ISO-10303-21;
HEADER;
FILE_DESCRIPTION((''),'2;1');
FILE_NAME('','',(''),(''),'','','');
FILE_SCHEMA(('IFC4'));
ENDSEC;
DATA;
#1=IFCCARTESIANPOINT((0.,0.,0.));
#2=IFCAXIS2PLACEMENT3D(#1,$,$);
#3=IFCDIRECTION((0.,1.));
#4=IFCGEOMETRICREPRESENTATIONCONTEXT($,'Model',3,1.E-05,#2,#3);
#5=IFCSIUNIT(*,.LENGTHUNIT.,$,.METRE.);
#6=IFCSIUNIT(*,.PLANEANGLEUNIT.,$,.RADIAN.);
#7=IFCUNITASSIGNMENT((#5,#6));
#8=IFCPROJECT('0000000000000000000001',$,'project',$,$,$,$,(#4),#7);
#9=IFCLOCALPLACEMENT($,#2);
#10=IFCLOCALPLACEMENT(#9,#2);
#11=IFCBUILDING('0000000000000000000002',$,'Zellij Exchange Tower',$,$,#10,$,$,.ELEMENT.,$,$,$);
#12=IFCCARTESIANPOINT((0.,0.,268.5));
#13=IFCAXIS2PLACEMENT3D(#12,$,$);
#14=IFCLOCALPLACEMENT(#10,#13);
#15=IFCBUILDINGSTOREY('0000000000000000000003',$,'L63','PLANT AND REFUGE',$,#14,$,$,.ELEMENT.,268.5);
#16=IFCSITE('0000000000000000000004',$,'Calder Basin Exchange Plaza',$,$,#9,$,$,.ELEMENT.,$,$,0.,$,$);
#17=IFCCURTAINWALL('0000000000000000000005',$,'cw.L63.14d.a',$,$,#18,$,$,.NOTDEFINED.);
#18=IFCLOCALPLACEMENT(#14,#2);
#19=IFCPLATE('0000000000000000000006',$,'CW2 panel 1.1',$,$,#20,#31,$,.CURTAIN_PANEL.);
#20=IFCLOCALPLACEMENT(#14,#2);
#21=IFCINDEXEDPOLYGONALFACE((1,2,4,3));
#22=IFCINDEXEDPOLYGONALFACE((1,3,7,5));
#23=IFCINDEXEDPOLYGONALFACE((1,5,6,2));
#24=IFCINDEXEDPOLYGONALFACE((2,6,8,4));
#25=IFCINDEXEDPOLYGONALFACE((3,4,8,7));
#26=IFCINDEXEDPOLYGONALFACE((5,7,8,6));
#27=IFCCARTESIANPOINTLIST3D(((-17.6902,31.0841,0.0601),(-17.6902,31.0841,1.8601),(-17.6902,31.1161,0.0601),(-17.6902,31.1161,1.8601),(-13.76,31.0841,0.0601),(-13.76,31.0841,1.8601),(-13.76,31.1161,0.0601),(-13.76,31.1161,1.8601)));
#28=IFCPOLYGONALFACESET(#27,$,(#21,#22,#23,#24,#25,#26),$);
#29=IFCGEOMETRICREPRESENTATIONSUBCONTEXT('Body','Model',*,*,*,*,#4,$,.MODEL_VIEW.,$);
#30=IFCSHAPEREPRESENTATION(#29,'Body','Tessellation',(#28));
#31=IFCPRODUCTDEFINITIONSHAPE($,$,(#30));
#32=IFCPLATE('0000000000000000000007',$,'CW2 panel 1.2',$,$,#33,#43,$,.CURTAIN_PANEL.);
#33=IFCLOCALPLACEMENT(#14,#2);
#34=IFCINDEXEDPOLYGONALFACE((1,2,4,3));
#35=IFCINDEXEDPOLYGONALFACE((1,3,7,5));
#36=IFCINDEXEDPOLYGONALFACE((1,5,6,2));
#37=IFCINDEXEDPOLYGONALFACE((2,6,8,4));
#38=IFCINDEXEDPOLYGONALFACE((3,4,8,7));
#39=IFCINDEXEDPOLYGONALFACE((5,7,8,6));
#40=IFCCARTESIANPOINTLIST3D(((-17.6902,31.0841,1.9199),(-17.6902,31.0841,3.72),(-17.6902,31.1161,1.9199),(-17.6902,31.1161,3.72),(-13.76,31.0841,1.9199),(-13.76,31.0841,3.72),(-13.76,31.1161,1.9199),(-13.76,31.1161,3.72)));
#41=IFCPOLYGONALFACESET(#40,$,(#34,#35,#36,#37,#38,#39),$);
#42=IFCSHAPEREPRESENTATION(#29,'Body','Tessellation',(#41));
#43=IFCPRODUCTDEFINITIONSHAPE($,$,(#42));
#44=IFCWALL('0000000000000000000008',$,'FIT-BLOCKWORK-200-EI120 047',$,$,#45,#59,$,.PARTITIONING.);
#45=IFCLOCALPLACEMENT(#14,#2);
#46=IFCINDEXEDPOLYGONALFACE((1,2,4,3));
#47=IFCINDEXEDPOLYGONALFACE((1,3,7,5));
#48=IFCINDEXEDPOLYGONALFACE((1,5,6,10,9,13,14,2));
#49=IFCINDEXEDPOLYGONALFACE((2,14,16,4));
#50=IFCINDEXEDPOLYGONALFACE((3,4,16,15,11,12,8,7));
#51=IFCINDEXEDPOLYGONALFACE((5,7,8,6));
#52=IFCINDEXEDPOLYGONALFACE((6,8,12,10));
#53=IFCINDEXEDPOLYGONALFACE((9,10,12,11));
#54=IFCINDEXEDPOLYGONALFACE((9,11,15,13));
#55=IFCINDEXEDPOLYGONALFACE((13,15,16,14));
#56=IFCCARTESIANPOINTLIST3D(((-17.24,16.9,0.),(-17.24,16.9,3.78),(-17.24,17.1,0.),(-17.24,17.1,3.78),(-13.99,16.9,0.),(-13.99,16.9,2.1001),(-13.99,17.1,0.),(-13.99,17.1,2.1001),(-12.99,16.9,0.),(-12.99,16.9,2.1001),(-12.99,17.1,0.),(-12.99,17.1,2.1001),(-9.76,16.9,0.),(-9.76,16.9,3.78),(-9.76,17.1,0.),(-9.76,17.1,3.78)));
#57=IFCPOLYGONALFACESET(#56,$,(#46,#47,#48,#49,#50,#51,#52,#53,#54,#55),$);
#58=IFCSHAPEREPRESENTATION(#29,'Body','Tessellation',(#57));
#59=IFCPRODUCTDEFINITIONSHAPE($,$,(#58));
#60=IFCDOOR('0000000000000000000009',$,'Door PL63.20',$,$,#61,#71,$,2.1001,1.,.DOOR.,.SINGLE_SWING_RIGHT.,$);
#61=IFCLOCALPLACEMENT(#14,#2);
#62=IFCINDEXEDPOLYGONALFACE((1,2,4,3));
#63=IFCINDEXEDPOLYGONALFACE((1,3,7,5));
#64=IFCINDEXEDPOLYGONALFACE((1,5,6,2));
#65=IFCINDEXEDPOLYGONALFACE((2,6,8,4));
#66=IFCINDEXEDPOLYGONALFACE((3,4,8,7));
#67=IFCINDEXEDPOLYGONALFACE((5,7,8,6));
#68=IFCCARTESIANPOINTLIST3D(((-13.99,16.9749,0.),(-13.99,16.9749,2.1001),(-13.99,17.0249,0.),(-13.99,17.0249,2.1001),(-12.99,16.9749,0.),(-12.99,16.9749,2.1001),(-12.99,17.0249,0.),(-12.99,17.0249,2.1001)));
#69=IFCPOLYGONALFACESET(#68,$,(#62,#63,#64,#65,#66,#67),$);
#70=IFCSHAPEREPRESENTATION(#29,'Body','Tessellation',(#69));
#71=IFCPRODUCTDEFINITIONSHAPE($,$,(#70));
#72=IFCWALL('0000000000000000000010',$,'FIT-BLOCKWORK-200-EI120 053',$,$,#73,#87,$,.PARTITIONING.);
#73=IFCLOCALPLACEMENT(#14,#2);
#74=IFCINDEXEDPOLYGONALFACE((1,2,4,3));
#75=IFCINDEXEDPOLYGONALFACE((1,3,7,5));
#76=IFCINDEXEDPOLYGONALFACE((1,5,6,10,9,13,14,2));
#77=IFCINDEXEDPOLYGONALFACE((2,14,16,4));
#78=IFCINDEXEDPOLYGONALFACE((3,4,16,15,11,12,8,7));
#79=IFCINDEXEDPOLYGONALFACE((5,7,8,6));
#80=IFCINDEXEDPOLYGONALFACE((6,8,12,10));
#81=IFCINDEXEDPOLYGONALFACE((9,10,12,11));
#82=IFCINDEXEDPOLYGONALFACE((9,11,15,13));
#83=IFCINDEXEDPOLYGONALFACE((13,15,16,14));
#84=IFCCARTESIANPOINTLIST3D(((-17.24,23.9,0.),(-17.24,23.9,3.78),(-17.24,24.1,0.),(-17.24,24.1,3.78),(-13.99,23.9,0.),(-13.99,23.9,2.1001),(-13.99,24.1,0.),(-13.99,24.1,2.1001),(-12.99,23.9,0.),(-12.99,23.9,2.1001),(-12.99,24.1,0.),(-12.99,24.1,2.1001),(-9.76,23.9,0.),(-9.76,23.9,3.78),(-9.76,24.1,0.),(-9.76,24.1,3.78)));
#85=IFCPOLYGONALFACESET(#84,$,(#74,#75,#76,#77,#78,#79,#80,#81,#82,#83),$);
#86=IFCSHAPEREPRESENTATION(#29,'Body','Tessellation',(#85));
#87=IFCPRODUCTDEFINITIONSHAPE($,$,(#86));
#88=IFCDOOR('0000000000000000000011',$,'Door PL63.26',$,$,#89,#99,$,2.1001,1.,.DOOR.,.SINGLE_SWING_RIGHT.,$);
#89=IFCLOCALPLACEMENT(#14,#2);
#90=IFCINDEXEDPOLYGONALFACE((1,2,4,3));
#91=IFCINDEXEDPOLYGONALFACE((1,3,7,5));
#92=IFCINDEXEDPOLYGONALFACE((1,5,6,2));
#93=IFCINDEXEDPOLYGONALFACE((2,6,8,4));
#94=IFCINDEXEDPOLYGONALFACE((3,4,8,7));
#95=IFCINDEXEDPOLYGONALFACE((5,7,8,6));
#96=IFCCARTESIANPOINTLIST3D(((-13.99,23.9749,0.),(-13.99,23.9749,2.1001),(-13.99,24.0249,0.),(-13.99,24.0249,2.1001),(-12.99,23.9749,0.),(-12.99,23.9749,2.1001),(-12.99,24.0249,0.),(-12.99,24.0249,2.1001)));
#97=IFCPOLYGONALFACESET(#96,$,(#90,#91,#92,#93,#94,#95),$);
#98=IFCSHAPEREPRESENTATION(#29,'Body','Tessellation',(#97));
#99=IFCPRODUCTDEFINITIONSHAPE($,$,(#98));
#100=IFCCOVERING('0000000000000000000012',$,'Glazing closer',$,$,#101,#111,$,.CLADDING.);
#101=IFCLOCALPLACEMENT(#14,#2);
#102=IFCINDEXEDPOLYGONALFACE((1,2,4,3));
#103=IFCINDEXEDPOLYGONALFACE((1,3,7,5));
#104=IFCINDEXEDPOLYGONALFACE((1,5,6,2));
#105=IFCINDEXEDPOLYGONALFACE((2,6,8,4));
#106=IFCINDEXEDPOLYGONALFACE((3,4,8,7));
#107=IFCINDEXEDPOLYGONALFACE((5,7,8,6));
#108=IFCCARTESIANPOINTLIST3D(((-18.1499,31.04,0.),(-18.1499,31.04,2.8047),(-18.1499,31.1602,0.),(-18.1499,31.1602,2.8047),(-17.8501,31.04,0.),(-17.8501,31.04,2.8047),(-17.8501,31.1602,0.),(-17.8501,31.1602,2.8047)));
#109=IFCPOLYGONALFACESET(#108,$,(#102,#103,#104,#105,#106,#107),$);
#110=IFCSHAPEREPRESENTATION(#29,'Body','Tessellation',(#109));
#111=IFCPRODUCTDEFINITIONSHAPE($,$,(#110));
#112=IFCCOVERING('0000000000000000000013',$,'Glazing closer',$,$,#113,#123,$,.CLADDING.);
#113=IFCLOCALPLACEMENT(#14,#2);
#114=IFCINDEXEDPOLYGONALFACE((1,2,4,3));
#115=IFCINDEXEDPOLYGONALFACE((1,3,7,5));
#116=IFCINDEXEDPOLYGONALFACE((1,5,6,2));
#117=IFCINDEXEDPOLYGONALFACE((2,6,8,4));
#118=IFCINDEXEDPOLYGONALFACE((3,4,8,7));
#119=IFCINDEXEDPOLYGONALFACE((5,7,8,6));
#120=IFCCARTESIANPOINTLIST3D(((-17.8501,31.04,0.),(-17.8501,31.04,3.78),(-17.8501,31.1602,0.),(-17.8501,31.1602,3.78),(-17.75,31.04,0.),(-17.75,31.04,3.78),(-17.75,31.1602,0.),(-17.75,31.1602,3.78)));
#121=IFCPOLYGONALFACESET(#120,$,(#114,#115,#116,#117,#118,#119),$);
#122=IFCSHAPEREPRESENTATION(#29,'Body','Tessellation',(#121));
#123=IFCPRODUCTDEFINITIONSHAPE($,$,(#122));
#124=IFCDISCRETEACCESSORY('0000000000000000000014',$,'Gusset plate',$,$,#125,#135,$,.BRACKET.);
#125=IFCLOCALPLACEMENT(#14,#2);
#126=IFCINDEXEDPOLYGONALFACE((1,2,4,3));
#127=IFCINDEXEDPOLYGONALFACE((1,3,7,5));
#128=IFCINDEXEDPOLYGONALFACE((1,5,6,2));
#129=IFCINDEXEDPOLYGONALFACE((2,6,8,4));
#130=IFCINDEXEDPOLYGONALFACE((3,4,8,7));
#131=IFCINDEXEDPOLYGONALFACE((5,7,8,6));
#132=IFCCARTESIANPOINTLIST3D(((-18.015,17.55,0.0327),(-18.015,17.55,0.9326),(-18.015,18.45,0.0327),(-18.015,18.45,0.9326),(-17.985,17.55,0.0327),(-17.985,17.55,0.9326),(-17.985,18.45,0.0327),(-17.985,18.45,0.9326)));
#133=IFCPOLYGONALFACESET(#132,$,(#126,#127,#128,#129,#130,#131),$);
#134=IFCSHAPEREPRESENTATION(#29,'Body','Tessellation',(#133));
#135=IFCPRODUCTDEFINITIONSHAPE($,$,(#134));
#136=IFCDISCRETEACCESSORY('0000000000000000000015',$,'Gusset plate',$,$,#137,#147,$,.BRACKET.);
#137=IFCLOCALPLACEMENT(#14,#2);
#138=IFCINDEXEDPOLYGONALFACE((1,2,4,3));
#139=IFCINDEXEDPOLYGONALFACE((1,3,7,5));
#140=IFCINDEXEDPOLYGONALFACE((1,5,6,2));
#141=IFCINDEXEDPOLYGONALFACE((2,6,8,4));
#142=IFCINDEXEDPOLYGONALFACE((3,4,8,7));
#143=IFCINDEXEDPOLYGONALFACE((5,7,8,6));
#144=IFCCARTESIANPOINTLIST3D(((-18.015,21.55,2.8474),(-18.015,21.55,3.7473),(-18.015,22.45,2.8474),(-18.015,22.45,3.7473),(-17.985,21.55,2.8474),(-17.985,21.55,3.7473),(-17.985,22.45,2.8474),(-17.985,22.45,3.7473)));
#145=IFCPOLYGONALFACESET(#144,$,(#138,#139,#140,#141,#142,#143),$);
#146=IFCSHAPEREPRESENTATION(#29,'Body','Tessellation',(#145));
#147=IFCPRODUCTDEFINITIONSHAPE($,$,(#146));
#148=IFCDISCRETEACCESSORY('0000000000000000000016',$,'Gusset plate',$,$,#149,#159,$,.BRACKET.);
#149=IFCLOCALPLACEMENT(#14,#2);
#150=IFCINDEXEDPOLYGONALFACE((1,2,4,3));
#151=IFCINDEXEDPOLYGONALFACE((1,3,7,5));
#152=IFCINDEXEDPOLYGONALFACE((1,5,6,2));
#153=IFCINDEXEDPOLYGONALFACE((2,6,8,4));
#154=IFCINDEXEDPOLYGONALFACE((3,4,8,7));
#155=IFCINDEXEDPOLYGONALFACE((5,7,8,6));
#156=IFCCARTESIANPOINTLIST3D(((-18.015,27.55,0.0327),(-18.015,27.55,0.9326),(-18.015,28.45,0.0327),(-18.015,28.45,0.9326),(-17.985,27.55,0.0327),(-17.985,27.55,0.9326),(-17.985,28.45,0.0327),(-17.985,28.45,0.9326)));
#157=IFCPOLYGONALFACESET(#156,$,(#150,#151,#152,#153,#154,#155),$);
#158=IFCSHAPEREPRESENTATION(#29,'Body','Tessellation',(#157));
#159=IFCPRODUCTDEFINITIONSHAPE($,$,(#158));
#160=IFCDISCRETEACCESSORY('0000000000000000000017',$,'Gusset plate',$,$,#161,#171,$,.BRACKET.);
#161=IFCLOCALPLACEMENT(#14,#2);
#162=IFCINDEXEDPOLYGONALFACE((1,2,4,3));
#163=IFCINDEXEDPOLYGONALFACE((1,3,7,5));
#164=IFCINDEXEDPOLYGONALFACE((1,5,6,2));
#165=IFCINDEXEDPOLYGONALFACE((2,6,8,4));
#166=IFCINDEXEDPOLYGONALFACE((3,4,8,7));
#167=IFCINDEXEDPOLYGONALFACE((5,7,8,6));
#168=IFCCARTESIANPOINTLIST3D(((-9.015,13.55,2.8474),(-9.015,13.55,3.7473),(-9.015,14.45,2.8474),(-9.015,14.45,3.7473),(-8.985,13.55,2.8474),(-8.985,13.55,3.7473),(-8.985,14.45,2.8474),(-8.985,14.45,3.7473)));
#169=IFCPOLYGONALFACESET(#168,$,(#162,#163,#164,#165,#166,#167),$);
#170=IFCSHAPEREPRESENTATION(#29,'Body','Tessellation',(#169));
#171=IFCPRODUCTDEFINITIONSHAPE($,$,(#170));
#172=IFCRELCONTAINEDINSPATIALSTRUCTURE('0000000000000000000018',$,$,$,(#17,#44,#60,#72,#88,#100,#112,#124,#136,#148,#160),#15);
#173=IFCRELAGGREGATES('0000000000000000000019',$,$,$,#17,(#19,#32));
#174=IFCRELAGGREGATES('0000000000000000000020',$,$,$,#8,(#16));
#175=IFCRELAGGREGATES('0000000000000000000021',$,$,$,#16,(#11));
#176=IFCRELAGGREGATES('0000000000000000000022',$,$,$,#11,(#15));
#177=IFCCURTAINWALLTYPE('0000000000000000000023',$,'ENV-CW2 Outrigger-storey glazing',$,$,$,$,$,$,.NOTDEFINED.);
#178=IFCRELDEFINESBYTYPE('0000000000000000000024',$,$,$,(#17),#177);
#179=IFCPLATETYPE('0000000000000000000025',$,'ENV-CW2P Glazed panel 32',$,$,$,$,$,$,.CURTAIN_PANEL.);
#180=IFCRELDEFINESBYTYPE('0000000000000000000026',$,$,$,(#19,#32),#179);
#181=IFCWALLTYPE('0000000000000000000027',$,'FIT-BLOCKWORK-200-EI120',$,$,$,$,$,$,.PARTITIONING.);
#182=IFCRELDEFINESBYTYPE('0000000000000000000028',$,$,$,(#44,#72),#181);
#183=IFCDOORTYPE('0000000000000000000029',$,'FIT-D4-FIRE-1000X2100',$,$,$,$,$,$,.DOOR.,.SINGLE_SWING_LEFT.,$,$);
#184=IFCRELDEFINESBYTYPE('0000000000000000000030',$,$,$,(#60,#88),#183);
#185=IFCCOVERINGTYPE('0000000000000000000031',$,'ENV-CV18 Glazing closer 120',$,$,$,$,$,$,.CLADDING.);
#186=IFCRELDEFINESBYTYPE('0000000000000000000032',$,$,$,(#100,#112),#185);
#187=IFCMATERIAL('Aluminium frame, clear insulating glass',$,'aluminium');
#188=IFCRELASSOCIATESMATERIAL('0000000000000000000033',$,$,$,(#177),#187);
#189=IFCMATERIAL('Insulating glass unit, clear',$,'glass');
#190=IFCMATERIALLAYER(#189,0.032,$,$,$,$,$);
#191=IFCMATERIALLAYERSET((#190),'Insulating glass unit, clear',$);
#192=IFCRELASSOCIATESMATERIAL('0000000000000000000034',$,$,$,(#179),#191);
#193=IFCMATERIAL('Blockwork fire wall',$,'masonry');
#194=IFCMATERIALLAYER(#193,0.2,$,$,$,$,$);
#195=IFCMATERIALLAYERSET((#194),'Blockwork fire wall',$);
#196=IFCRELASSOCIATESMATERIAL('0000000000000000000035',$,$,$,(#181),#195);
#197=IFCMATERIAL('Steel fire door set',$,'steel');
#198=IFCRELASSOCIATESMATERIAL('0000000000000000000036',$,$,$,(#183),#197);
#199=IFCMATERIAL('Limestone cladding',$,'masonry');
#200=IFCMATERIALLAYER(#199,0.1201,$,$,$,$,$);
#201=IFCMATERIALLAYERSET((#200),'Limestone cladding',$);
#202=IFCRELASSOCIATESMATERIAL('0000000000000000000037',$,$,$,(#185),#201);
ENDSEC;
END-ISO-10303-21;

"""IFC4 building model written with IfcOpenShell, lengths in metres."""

from ifc_helpers import new_model, si_unit, direction, frame, frame_2d, origin, origin_2d, place, context, subcontext, project, spatial, rectangle, extrude, material, layer, layer_set, type_object, element, fill, aggregate, save


model = new_model("IFC4")

# Units and contexts
model_context = context("Model", 3, precision=1e-05, world=origin(), true_north=direction((0.0, 1.0)))
body_context = subcontext(model_context, "Body", "Model", "MODEL_VIEW")
ifc_project = project(units=[si_unit("LENGTHUNIT", "METRE"), si_unit("PLANEANGLEUNIT", "RADIAN")], contexts=[model_context])

# Site, building, storey
site_placement = place(None, origin())
site = spatial("IfcSite", under=ifc_project, at=site_placement, Name="Calder Basin Exchange Plaza", CompositionType="ELEMENT", RefElevation=0.0)
building_placement = place(site_placement, origin())
building = spatial("IfcBuilding", under=site, at=building_placement, Name="Zellij Exchange Tower", CompositionType="ELEMENT")
storey_placement = place(building_placement, frame((0.0, 0.0, 268.5)))
storey = spatial("IfcBuildingStorey", under=building, at=storey_placement, Name="L63", Description="PLANT AND REFUGE", CompositionType="ELEMENT", Elevation=268.5)

# Curtain wall
ifc_material_1 = material(Name="Aluminium frame, clear insulating glass", Category="aluminium")
curtain_wall_type = type_object("IfcCurtainWallType", Name="ENV-CW2 Outrigger-storey glazing", PredefinedType="NOTDEFINED", material=ifc_material_1)
curtain_wall_placement = place(storey_placement, origin())
curtain_wall = element("IfcCurtainWall", 1, at=curtain_wall_placement, inside=storey, type_object=curtain_wall_type, Name="cw.L63.14d.a", PredefinedType="NOTDEFINED")

# Plates
ifc_material_2 = material(Name="Insulating glass unit, clear", Category="glass")
ifc_layer_1 = layer(ifc_material_2, 0.032)
ifc_layer_set_1 = layer_set([ifc_layer_1], Name="Insulating glass unit, clear")
plate_type = type_object("IfcPlateType", Name="ENV-CW2P Glazed panel 32", PredefinedType="CURTAIN_PANEL", material=ifc_layer_set_1)
plate_1_placement = place(storey_placement, frame((-15.7251, 31.1001, 0.0601), z_axis=(0.0, 0.0, 1.0), x_axis=(-1.0, 0.0, 0.0)))
plate_1 = element("IfcPlate", 2, at=plate_1_placement, type_object=plate_type, Name="CW2 panel 1.1", PredefinedType="CURTAIN_PANEL", context=body_context, shape_type="SweptSolid", body=[
    extrude(rectangle(XDim=3.9302, YDim=0.032, at=origin_2d()), origin(), (0.0, 0.0, 1.0), 1.8),
])
plate_2_placement = place(storey_placement, frame((-15.7251, 31.1001, 1.9199), z_axis=(0.0, 0.0, 1.0), x_axis=(-1.0, 0.0, 0.0)))
plate_2 = element("IfcPlate", 3, at=plate_2_placement, type_object=plate_type, Name="CW2 panel 1.2", PredefinedType="CURTAIN_PANEL", context=body_context, shape_type="SweptSolid", body=[
    extrude(rectangle(XDim=3.9302, YDim=0.032, at=origin_2d()), origin(), (0.0, 0.0, 1.0), 1.8),
])
aggregate(curtain_wall, [plate_1, plate_2])

# Walls, openings, doors
ifc_material_3 = material(Name="Blockwork fire wall", Category="masonry")
ifc_layer_2 = layer(ifc_material_3, 0.2)
ifc_layer_set_2 = layer_set([ifc_layer_2], Name="Blockwork fire wall")
wall_type = type_object("IfcWallType", Name="FIT-BLOCKWORK-200-EI120", PredefinedType="PARTITIONING", material=ifc_layer_set_2)
wall_1_placement = place(storey_placement, frame((-17.24, 17.0, 0.0), z_axis=(0.0, 0.0, 1.0), x_axis=(1.0, 0.0, 0.0)))
wall_1 = element("IfcWall", 4, at=wall_1_placement, inside=storey, type_object=wall_type, Name="FIT-BLOCKWORK-200-EI120 047", PredefinedType="PARTITIONING", context=body_context, shape_type="SweptSolid", body=[
    extrude(rectangle(XDim=7.48, YDim=0.2, at=frame_2d((3.74, 0.0))), origin(), (0.0, 0.0, 1.0), 3.78),
])
opening_1_placement = place(wall_1_placement, frame((3.25, 0.0, 0.0)))
opening_1 = element("IfcOpeningElement", 5, at=opening_1_placement, cuts=wall_1, PredefinedType="OPENING", context=body_context, shape_type="SweptSolid", body=[
    extrude(rectangle(XDim=1.0, YDim=2.1001, at=frame_2d((0.5, 1.05))), frame((0.0, 0.1118, 0.0), z_axis=(0.0, -1.0, 0.0), x_axis=(1.0, 0.0, 0.0)), (0.0, 0.0, 1.0), 0.2239),
])
ifc_material_4 = material(Name="Steel fire door set", Category="steel")
door_type = type_object("IfcDoorType", Name="FIT-D4-FIRE-1000X2100", OperationType="SINGLE_SWING_LEFT", PredefinedType="DOOR", material=ifc_material_4)
door_1_placement = place(opening_1_placement, origin())
door_1 = element("IfcDoor", 6, at=door_1_placement, inside=storey, type_object=door_type, Name="Door PL63.20", OperationType="SINGLE_SWING_RIGHT", OverallHeight=2.1001, OverallWidth=1.0, PredefinedType="DOOR", context=body_context, shape_type="SweptSolid", body=[
    extrude(rectangle(XDim=1.0, YDim=2.1001, at=frame_2d((0.5, 1.05))), frame((0.0, 0.0249, 0.0), z_axis=(0.0, -1.0, 0.0), x_axis=(1.0, 0.0, 0.0)), (0.0, 0.0, 1.0), 0.05),
])
fill(opening_1, door_1)
wall_2_placement = place(storey_placement, frame((-17.24, 24.0, 0.0), z_axis=(0.0, 0.0, 1.0), x_axis=(1.0, 0.0, 0.0)))
wall_2 = element("IfcWall", 7, at=wall_2_placement, inside=storey, type_object=wall_type, Name="FIT-BLOCKWORK-200-EI120 053", PredefinedType="PARTITIONING", context=body_context, shape_type="SweptSolid", body=[
    extrude(rectangle(XDim=7.48, YDim=0.2, at=frame_2d((3.74, 0.0))), origin(), (0.0, 0.0, 1.0), 3.78),
])
opening_2_placement = place(wall_2_placement, frame((3.25, 0.0, 0.0)))
opening_2 = element("IfcOpeningElement", 8, at=opening_2_placement, cuts=wall_2, PredefinedType="OPENING", context=body_context, shape_type="SweptSolid", body=[
    extrude(rectangle(XDim=1.0, YDim=2.1001, at=frame_2d((0.5, 1.05))), frame((0.0, 0.1118, 0.0), z_axis=(0.0, -1.0, 0.0), x_axis=(1.0, 0.0, 0.0)), (0.0, 0.0, 1.0), 0.2239),
])
door_2_placement = place(opening_2_placement, origin())
door_2 = element("IfcDoor", 9, at=door_2_placement, inside=storey, type_object=door_type, Name="Door PL63.26", OperationType="SINGLE_SWING_RIGHT", OverallHeight=2.1001, OverallWidth=1.0, PredefinedType="DOOR", context=body_context, shape_type="SweptSolid", body=[
    extrude(rectangle(XDim=1.0, YDim=2.1001, at=frame_2d((0.5, 1.05))), frame((0.0, 0.0249, 0.0), z_axis=(0.0, -1.0, 0.0), x_axis=(1.0, 0.0, 0.0)), (0.0, 0.0, 1.0), 0.05),
])
fill(opening_2, door_2)

# Coverings
ifc_material_5 = material(Name="Limestone cladding", Category="masonry")
ifc_layer_3 = layer(ifc_material_5, 0.1201)
ifc_layer_set_3 = layer_set([ifc_layer_3], Name="Limestone cladding")
covering_type = type_object("IfcCoveringType", Name="ENV-CV18 Glazing closer 120", PredefinedType="CLADDING", material=ifc_layer_set_3)
covering_1_placement = place(storey_placement, frame((-18.0, 31.1001, 0.0), z_axis=(0.0, 0.0, 1.0), x_axis=(-1.0, 0.0, 0.0)))
element("IfcCovering", 10, at=covering_1_placement, inside=storey, type_object=covering_type, Name="Glazing closer", PredefinedType="CLADDING", context=body_context, shape_type="SweptSolid", body=[
    extrude(rectangle(XDim=0.2998, YDim=0.1201, at=origin_2d()), origin(), (0.0, 0.0, 1.0), 2.8047),
])
covering_2_placement = place(storey_placement, frame((-17.8, 31.1001, 0.0), z_axis=(0.0, 0.0, 1.0), x_axis=(-1.0, 0.0, 0.0)))
element("IfcCovering", 11, at=covering_2_placement, inside=storey, type_object=covering_type, Name="Glazing closer", PredefinedType="CLADDING", context=body_context, shape_type="SweptSolid", body=[
    extrude(rectangle(XDim=0.1001, YDim=0.1201, at=origin_2d()), origin(), (0.0, 0.0, 1.0), 3.78),
])

# Discrete accessories
for number, where, z_axis, x_axis, name in (
    (12, (-18.0, 18.0, 0.0327), (0.0, 0.0, 1.0), (0.0, 1.0, 0.0), "Gusset plate"),
    (13, (-18.0, 22.0, 2.8474), (0.0, 0.0, 1.0), (0.0, 1.0, 0.0), "Gusset plate"),
    (14, (-18.0, 28.0, 0.0327), (0.0, 0.0, 1.0), (0.0, 1.0, 0.0), "Gusset plate"),
    (15, (-9.0, 14.0, 2.8474), (0.0, 0.0, 1.0), (0.0, 1.0, 0.0), "Gusset plate"),
):
    element("IfcDiscreteAccessory", number, at=place(storey_placement, frame(where, z_axis=z_axis, x_axis=x_axis)), inside=storey, Name=name, PredefinedType="BRACKET", context=body_context, shape_type="SweptSolid", body=[
        extrude(rectangle(XDim=0.8999, YDim=0.03, at=origin_2d()), origin(), (0.0, 0.0, 1.0), 0.8999),
    ])

save(model, "model.ifc")
